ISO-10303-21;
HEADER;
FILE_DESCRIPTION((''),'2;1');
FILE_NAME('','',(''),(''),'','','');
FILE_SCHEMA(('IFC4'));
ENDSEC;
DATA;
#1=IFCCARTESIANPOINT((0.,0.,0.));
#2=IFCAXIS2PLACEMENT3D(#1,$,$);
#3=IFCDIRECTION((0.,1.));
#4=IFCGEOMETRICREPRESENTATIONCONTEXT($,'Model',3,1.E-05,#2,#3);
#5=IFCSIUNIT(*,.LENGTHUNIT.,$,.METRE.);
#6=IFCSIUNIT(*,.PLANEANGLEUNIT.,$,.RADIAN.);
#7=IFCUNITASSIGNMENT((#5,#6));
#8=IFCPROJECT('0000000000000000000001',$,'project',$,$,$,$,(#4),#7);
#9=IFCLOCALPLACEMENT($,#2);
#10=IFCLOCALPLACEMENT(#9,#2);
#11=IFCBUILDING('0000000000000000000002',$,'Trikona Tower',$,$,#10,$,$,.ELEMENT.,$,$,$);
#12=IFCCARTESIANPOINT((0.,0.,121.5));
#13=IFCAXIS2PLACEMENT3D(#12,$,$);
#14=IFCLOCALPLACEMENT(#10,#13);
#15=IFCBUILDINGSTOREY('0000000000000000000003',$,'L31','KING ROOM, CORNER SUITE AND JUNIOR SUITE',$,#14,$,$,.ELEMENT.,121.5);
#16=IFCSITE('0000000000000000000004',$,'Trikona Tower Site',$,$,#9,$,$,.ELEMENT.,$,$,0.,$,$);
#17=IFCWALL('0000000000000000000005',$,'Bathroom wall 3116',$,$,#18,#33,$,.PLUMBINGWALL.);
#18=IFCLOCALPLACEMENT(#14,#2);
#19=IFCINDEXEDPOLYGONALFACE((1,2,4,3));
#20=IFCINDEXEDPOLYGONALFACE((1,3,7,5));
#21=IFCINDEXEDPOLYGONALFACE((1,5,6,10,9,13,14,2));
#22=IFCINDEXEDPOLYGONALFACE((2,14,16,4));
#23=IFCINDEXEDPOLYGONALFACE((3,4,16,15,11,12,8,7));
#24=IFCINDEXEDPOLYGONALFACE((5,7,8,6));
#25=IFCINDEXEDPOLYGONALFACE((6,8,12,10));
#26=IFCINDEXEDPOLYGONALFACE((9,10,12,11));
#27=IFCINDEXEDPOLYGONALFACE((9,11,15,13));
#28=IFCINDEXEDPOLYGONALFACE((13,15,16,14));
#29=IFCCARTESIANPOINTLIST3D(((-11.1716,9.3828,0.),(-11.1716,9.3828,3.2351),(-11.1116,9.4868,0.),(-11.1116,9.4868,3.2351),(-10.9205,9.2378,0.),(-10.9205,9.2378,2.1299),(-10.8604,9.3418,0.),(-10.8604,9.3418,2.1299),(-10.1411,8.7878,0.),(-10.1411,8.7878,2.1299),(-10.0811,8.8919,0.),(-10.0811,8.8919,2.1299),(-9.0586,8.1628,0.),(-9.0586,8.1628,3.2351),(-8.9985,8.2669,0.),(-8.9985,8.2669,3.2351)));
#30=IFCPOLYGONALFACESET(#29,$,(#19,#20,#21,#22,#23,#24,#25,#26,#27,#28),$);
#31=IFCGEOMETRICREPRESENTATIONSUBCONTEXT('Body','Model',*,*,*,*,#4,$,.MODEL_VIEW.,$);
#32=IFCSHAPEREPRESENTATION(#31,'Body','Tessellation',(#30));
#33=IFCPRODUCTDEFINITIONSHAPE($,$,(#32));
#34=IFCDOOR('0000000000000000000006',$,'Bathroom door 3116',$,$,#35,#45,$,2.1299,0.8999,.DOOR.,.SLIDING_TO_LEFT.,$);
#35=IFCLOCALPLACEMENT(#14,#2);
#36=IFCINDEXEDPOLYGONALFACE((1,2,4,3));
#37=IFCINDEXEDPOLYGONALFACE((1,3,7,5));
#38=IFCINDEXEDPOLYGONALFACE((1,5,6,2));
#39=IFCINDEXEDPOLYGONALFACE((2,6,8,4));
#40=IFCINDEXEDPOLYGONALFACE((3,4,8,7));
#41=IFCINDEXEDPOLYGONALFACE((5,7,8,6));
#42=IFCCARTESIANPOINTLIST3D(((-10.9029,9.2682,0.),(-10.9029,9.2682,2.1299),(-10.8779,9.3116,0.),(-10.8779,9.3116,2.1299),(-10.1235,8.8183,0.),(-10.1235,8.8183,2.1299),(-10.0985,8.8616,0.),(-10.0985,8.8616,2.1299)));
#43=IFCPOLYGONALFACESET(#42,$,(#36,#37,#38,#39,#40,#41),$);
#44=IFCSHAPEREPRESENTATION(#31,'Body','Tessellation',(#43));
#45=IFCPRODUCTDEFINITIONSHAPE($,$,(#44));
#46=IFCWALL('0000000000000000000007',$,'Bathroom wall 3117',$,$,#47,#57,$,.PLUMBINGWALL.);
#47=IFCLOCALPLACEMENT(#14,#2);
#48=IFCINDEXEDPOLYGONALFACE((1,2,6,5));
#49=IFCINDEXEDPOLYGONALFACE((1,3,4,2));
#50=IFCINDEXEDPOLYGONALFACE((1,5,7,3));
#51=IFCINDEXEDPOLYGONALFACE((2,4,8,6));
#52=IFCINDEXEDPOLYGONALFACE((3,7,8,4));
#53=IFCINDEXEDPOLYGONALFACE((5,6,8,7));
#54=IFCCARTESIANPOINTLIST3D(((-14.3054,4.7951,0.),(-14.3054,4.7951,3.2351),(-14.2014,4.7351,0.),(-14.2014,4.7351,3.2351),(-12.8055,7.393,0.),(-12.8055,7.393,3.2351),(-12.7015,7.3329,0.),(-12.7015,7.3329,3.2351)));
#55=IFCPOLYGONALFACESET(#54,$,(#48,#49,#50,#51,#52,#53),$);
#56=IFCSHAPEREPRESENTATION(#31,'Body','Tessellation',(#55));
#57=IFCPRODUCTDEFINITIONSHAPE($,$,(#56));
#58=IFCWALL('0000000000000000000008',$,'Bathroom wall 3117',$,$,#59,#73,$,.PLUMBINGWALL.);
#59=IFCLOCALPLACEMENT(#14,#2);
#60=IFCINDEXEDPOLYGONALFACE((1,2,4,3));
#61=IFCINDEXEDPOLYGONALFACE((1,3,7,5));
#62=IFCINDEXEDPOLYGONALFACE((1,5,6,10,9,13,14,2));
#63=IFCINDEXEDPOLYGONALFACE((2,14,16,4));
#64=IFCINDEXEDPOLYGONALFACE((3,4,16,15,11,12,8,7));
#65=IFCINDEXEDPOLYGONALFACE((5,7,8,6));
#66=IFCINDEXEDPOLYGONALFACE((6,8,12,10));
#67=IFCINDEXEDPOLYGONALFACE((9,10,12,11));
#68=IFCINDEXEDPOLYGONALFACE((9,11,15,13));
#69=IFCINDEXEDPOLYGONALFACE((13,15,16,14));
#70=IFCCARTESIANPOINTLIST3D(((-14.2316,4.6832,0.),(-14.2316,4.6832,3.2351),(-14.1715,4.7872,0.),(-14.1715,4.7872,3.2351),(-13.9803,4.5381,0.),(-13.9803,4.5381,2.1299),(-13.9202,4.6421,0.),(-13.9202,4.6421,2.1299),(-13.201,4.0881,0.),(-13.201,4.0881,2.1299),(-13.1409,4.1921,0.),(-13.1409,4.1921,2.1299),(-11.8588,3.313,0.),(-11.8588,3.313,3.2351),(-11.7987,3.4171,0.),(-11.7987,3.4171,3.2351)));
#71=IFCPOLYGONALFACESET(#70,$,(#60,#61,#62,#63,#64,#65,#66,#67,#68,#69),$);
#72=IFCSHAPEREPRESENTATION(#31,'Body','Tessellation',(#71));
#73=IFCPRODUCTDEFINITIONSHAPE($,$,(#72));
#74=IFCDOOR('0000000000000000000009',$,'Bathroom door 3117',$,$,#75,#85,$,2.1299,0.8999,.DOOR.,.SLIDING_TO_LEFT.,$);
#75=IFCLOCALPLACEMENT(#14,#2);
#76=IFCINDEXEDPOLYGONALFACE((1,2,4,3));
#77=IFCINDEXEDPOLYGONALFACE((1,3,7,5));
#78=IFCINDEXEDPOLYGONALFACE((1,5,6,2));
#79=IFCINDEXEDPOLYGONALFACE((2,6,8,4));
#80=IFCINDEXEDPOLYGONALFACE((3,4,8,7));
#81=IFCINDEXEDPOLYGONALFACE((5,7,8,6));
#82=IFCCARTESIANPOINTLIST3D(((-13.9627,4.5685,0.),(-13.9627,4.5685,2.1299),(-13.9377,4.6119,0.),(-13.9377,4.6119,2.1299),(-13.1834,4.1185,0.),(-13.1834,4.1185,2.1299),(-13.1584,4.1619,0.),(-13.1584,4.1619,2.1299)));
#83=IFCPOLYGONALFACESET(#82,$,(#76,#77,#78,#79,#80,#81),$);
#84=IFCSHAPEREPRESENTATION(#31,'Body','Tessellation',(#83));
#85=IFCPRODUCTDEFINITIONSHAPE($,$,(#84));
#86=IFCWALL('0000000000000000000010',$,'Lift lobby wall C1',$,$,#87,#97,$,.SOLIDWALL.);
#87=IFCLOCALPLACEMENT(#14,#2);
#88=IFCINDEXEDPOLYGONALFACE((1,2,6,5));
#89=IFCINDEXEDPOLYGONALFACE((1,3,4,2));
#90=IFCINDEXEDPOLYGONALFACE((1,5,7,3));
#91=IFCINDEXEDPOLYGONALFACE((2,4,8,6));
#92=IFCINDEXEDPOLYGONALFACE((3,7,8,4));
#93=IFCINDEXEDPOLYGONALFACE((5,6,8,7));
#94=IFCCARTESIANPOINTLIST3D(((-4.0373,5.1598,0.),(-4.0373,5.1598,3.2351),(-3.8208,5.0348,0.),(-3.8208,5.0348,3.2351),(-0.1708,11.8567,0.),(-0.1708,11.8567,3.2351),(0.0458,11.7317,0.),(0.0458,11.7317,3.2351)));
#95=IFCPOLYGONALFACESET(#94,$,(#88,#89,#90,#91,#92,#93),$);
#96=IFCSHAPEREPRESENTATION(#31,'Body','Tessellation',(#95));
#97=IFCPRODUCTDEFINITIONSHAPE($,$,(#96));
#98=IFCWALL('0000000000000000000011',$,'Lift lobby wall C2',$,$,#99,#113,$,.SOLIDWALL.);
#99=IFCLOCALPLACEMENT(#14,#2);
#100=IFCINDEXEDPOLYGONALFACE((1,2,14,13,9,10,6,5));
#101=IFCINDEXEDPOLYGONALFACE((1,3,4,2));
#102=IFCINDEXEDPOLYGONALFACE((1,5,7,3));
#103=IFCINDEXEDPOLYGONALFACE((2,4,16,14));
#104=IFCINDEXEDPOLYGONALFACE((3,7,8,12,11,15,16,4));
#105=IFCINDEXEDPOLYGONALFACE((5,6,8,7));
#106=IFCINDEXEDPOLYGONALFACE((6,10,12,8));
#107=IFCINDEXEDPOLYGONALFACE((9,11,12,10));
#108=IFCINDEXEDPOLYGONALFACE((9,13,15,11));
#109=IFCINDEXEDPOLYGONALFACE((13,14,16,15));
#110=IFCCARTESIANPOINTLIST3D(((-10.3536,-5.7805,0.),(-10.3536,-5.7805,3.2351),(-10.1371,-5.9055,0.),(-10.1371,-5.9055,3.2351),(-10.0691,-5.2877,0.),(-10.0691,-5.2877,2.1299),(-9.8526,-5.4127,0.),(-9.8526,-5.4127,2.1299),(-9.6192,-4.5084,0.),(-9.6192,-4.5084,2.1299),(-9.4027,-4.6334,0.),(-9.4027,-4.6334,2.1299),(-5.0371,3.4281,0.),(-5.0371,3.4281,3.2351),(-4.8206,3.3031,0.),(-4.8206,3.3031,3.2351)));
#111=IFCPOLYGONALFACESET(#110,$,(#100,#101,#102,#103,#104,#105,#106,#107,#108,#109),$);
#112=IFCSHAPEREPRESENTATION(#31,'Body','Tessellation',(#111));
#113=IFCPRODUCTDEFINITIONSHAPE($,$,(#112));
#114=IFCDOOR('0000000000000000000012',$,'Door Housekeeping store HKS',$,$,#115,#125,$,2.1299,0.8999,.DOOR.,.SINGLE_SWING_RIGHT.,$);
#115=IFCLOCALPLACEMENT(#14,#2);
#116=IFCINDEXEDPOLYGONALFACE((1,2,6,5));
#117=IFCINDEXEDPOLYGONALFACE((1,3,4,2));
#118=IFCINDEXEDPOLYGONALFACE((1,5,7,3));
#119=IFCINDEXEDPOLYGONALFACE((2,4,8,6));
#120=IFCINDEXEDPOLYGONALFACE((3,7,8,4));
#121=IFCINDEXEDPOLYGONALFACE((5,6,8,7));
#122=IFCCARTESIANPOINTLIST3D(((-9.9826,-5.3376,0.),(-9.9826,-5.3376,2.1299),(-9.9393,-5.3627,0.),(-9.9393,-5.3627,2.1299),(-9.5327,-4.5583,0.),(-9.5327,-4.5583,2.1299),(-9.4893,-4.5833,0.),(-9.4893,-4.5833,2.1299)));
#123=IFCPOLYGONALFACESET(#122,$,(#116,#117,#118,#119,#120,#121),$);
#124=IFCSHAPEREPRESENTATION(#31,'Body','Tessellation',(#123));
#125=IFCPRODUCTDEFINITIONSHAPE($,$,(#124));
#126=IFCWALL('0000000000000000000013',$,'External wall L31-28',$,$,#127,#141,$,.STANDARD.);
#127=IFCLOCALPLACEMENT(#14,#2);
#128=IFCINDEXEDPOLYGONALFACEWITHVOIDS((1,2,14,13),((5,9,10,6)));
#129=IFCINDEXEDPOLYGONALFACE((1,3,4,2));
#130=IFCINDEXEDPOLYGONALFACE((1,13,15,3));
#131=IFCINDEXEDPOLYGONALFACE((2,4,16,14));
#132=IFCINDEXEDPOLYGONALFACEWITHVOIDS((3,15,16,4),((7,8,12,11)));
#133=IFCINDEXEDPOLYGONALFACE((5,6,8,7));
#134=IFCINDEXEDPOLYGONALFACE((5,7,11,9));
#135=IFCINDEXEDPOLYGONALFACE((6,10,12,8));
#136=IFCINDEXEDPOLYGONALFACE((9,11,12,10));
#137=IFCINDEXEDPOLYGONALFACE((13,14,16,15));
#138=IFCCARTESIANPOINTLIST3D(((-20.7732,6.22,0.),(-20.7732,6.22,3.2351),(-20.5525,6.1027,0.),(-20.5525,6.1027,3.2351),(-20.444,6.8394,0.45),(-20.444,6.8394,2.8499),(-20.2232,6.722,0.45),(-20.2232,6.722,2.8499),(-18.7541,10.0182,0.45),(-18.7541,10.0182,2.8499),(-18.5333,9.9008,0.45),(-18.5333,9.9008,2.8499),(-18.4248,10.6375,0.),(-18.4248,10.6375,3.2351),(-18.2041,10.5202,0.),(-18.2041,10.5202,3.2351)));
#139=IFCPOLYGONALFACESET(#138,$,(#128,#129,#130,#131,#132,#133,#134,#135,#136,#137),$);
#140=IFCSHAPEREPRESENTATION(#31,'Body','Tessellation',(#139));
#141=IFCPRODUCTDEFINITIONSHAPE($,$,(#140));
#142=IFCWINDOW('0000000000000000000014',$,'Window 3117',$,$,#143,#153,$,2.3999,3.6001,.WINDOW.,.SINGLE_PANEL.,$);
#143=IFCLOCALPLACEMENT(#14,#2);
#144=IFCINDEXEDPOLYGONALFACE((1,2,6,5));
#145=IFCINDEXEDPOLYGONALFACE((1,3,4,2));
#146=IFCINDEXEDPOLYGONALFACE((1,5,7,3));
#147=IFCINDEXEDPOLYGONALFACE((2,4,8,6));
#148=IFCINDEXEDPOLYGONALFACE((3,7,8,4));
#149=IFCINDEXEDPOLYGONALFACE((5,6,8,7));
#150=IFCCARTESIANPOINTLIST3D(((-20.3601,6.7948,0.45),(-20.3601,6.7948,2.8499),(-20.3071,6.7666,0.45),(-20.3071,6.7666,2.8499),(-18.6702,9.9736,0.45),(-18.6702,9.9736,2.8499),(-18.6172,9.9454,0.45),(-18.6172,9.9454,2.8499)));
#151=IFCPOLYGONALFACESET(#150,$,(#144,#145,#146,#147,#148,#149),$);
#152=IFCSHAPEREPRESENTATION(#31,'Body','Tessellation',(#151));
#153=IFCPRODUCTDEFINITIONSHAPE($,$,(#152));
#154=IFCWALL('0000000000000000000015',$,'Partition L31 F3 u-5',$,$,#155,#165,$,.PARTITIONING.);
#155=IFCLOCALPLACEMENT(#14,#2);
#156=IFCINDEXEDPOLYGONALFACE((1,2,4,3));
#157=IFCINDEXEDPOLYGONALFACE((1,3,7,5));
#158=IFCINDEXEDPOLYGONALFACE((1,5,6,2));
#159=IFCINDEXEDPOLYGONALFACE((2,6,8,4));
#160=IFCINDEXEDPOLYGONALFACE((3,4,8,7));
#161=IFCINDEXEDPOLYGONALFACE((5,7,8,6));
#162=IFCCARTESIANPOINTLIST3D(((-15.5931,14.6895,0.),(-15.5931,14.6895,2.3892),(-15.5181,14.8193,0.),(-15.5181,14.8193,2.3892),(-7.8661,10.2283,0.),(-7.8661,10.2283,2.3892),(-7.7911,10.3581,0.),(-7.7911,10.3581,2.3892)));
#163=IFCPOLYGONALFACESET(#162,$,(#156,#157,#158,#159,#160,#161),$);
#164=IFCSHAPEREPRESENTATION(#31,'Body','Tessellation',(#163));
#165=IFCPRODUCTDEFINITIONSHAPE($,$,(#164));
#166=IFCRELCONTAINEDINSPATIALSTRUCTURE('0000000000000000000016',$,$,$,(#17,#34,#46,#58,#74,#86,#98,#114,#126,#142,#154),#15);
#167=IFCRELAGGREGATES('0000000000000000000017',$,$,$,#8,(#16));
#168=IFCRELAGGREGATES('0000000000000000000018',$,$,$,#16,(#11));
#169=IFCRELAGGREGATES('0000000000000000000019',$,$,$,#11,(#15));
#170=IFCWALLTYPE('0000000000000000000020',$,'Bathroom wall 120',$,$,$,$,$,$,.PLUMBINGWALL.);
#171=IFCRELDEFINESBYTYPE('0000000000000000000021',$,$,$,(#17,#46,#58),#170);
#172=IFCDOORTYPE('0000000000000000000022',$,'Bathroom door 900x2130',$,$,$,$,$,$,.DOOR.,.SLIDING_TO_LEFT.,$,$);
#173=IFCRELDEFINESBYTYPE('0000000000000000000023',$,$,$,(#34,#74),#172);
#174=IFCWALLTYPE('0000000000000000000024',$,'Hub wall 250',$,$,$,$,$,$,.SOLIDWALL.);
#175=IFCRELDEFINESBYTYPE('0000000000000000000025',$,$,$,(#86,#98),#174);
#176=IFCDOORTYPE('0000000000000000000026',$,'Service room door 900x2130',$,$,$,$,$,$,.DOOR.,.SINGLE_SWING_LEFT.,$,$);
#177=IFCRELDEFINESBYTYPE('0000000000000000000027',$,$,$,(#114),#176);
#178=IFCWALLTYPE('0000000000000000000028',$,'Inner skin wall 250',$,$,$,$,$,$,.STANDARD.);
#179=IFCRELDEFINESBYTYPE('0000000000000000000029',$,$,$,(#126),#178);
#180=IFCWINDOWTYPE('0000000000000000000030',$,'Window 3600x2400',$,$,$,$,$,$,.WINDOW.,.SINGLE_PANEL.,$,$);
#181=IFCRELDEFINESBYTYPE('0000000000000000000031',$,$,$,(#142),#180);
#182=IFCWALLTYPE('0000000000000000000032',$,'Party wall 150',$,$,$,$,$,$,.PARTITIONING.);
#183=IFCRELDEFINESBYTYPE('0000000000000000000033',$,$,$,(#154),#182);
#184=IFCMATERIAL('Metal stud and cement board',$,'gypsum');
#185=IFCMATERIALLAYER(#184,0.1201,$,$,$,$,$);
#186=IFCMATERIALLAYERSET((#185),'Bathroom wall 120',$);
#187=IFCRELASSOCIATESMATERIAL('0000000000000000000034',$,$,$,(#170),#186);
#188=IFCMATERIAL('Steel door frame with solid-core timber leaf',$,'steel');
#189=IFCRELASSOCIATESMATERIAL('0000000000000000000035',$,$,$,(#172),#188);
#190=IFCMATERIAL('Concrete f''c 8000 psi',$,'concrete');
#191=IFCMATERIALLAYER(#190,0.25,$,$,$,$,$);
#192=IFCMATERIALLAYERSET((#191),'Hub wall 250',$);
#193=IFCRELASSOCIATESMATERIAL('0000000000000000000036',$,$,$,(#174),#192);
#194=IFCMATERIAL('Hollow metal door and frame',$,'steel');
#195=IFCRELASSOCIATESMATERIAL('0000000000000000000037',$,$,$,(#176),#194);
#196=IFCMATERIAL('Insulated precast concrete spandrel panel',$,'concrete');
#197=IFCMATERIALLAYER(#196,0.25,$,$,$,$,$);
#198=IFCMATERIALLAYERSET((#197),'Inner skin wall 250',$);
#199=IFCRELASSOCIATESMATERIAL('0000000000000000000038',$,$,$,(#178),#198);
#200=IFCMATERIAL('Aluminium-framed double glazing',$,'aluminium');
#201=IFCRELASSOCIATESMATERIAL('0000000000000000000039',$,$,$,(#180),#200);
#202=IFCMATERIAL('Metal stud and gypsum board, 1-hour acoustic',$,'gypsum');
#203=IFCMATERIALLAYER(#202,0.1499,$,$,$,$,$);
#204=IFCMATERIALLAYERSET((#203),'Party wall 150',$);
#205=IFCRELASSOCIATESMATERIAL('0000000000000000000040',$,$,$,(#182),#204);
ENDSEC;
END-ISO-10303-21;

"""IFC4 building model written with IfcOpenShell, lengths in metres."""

from ifc_helpers import new_model, si_unit, direction, frame, frame_2d, origin, place, context, subcontext, project, spatial, rectangle, extrude, material, layer, layer_set, type_object, element, fill, save


model = new_model("IFC4")

# Units and contexts
model_context = context("Model", 3, precision=1e-05, world=origin(), true_north=direction((0.0, 1.0)))
body_context = subcontext(model_context, "Body", "Model", "MODEL_VIEW")
ifc_project = project(units=[si_unit("LENGTHUNIT", "METRE"), si_unit("PLANEANGLEUNIT", "RADIAN")], contexts=[model_context])

# Site, building, storey
site_placement = place(None, origin())
site = spatial("IfcSite", under=ifc_project, at=site_placement, Name="Trikona Tower Site", CompositionType="ELEMENT", RefElevation=0.0)
building_placement = place(site_placement, origin())
building = spatial("IfcBuilding", under=site, at=building_placement, Name="Trikona Tower", CompositionType="ELEMENT")
storey_placement = place(building_placement, frame((0.0, 0.0, 121.5)))
storey = spatial("IfcBuildingStorey", under=building, at=storey_placement, Name="L31", Description="KING ROOM, CORNER SUITE AND JUNIOR SUITE", CompositionType="ELEMENT", Elevation=121.5)

# Shared definitions
ifc_material_1 = material(Name="Metal stud and cement board", Category="gypsum")
ifc_layer_1 = layer(ifc_material_1, 0.1201)
ifc_layer_set_1 = layer_set([ifc_layer_1], Name="Bathroom wall 120")
wall_type_1 = type_object("IfcWallType", Name="Bathroom wall 120", PredefinedType="PLUMBINGWALL", material=ifc_layer_set_1)
ifc_material_2 = material(Name="Steel door frame with solid-core timber leaf", Category="steel")
door_type_1 = type_object("IfcDoorType", Name="Bathroom door 900x2130", OperationType="SLIDING_TO_LEFT", PredefinedType="DOOR", material=ifc_material_2)

# Wall, opening, door
wall_1_placement = place(storey_placement, frame((-9.0286, 8.2148, 0.0), z_axis=(0.0, 0.0, 1.0), x_axis=(-0.866024, 0.500003, 0.0)))
wall_1 = element("IfcWall", 1, at=wall_1_placement, inside=storey, type_object=wall_type_1, Name="Bathroom wall 3116", PredefinedType="PLUMBINGWALL", context=body_context, shape_type="SweptSolid", body=[
    extrude(rectangle(XDim=2.4399, YDim=0.1201, at=frame_2d((1.22, 0.0))), origin(), (0.0, 0.0, 1.0), 3.2351),
])
opening_1_placement = place(wall_1_placement, frame((1.25, 0.0, 0.0)))
opening_1 = element("IfcOpeningElement", 2, at=opening_1_placement, cuts=wall_1, PredefinedType="OPENING", context=body_context, shape_type="SweptSolid", body=[
    extrude(rectangle(XDim=0.8999, YDim=2.1299, at=frame_2d((0.45, 1.0649))), frame((0.0, 0.0701, 0.0), z_axis=(0.0, -1.0, 0.0), x_axis=(1.0, 0.0, 0.0)), (0.0, 0.0, 1.0), 0.1401),
])
door_1_placement = place(opening_1_placement, origin())
door_1 = element("IfcDoor", 3, at=door_1_placement, inside=storey, type_object=door_type_1, Name="Bathroom door 3116", OperationType="SLIDING_TO_LEFT", OverallHeight=2.1299, OverallWidth=0.8999, PredefinedType="DOOR", context=body_context, shape_type="SweptSolid", body=[
    extrude(rectangle(XDim=0.8999, YDim=2.1299, at=frame_2d((0.45, 1.0649))), frame((0.0, 0.0249, 0.0), z_axis=(0.0, -1.0, 0.0), x_axis=(1.0, 0.0, 0.0)), (0.0, 0.0, 1.0), 0.05),
])
fill(opening_1, door_1)

# Wall
wall_2_placement = place(storey_placement, frame((-12.7534, 7.363, 0.0), z_axis=(0.0, 0.0, 1.0), x_axis=(-0.500025, -0.866011, 0.0)))
element("IfcWall", 4, at=wall_2_placement, inside=storey, type_object=wall_type_1, Name="Bathroom wall 3117", PredefinedType="PLUMBINGWALL", context=body_context, shape_type="SweptSolid", body=[
    extrude(rectangle(XDim=2.9998, YDim=0.1201, at=frame_2d((1.5, 0.0))), origin(), (0.0, 0.0, 1.0), 3.2351),
])

# Wall, opening, door
wall_3_placement = place(storey_placement, frame((-11.8286, 3.365, 0.0), z_axis=(0.0, 0.0, 1.0), x_axis=(-0.865997, 0.500049, 0.0)))
wall_3 = element("IfcWall", 5, at=wall_3_placement, inside=storey, type_object=wall_type_1, Name="Bathroom wall 3117", PredefinedType="PLUMBINGWALL", context=body_context, shape_type="SweptSolid", body=[
    extrude(rectangle(XDim=2.74, YDim=0.1201, at=frame_2d((1.3701, 0.0))), origin(), (0.0, 0.0, 1.0), 3.2351),
])
opening_2_placement = place(wall_3_placement, frame((1.55, 0.0, 0.0)))
opening_2 = element("IfcOpeningElement", 6, at=opening_2_placement, cuts=wall_3, PredefinedType="OPENING", context=body_context, shape_type="SweptSolid", body=[
    extrude(rectangle(XDim=0.8999, YDim=2.1299, at=frame_2d((0.45, 1.0649))), frame((0.0, 0.0701, 0.0), z_axis=(0.0, -1.0, 0.0), x_axis=(1.0, 0.0, 0.0)), (0.0, 0.0, 1.0), 0.1401),
])
door_2_placement = place(opening_2_placement, origin())
door_2 = element("IfcDoor", 7, at=door_2_placement, inside=storey, type_object=door_type_1, Name="Bathroom door 3117", OperationType="SLIDING_TO_LEFT", OverallHeight=2.1299, OverallWidth=0.8999, PredefinedType="DOOR", context=body_context, shape_type="SweptSolid", body=[
    extrude(rectangle(XDim=0.8999, YDim=2.1299, at=frame_2d((0.45, 1.0649))), frame((0.0, 0.0249, 0.0), z_axis=(0.0, -1.0, 0.0), x_axis=(1.0, 0.0, 0.0)), (0.0, 0.0, 1.0), 0.05),
])
fill(opening_2, door_2)

# Wall
ifc_material_3 = material(Name="Concrete f'c 8000 psi", Category="concrete")
ifc_layer_2 = layer(ifc_material_3, 0.25)
ifc_layer_set_2 = layer_set([ifc_layer_2], Name="Hub wall 250")
wall_type_2 = type_object("IfcWallType", Name="Hub wall 250", PredefinedType="SOLIDWALL", material=ifc_layer_set_2)
wall_4_placement = place(storey_placement, frame((-0.0625, 11.7942, 0.0), z_axis=(0.0, 0.0, 1.0), x_axis=(-0.500007, -0.866022, 0.0)))
element("IfcWall", 8, at=wall_4_placement, inside=storey, type_object=wall_type_2, Name="Lift lobby wall C1", PredefinedType="SOLIDWALL", context=body_context, shape_type="SweptSolid", body=[
    extrude(rectangle(XDim=7.7329, YDim=0.25, at=frame_2d((3.8665, 0.0))), origin(), (0.0, 0.0, 1.0), 3.2351),
])

# Wall, opening, door
wall_5_placement = place(storey_placement, frame((-4.929, 3.3655, 0.0), z_axis=(0.0, 0.0, 1.0), x_axis=(-0.499991, -0.86603, 0.0)))
wall_5 = element("IfcWall", 9, at=wall_5_placement, inside=storey, type_object=wall_type_2, Name="Lift lobby wall C2", PredefinedType="SOLIDWALL", context=body_context, shape_type="SweptSolid", body=[
    extrude(rectangle(XDim=10.6331, YDim=0.25, at=frame_2d((5.3164, 0.0))), origin(), (0.0, 0.0, 1.0), 3.2351),
])
opening_3_placement = place(wall_5_placement, frame((9.1641, 0.0, 0.0)))
opening_3 = element("IfcOpeningElement", 10, at=opening_3_placement, cuts=wall_5, PredefinedType="OPENING", context=body_context, shape_type="SweptSolid", body=[
    extrude(rectangle(XDim=0.8999, YDim=2.1299, at=frame_2d((0.45, 1.0649))), frame((0.0, 0.135, 0.0), z_axis=(0.0, -1.0, 0.0), x_axis=(1.0, 0.0, 0.0)), (0.0, 0.0, 1.0), 0.27),
])
ifc_material_4 = material(Name="Hollow metal door and frame", Category="steel")
door_type_2 = type_object("IfcDoorType", Name="Service room door 900x2130", OperationType="SINGLE_SWING_LEFT", PredefinedType="DOOR", material=ifc_material_4)
door_3_placement = place(opening_3_placement, origin())
door_3 = element("IfcDoor", 11, at=door_3_placement, inside=storey, type_object=door_type_2, Name="Door Housekeeping store HKS", OperationType="SINGLE_SWING_RIGHT", OverallHeight=2.1299, OverallWidth=0.8999, PredefinedType="DOOR", context=body_context, shape_type="SweptSolid", body=[
    extrude(rectangle(XDim=0.8999, YDim=2.1299, at=frame_2d((0.45, 1.0649))), frame((0.0, 0.0249, 0.0), z_axis=(0.0, -1.0, 0.0), x_axis=(1.0, 0.0, 0.0)), (0.0, 0.0, 1.0), 0.05),
])
fill(opening_3, door_3)

# Wall, opening, window
ifc_material_5 = material(Name="Insulated precast concrete spandrel panel", Category="concrete")
ifc_layer_3 = layer(ifc_material_5, 0.25)
ifc_layer_set_3 = layer_set([ifc_layer_3], Name="Inner skin wall 250")
wall_type_3 = type_object("IfcWallType", Name="Inner skin wall 250", PredefinedType="STANDARD", material=ifc_layer_set_3)
wall_6_placement = place(storey_placement, frame((-18.3145, 10.5789, 0.0), z_axis=(0.0, 0.0, 1.0), x_axis=(-0.469405, -0.882983, 0.0)))
wall_6 = element("IfcWall", 12, at=wall_6_placement, inside=storey, type_object=wall_type_3, Name="External wall L31-28", PredefinedType="STANDARD", context=body_context, shape_type="SweptSolid", body=[
    extrude(rectangle(XDim=5.0029, YDim=0.25, at=frame_2d((2.5015, 0.0))), origin(), (0.0, 0.0, 1.0), 3.2351),
])
opening_4_placement = place(wall_6_placement, frame((0.7014, 0.0, 0.45)))
opening_4 = element("IfcOpeningElement", 13, at=opening_4_placement, cuts=wall_6, PredefinedType="OPENING", context=body_context, shape_type="SweptSolid", body=[
    extrude(rectangle(XDim=3.6001, YDim=2.3999, at=frame_2d((1.8, 1.2))), frame((0.0, 0.135, 0.0), z_axis=(0.0, -1.0, 0.0), x_axis=(1.0, 0.0, 0.0)), (0.0, 0.0, 1.0), 0.27),
])
ifc_material_6 = material(Name="Aluminium-framed double glazing", Category="aluminium")
window_type = type_object("IfcWindowType", Name="Window 3600x2400", PartitioningType="SINGLE_PANEL", PredefinedType="WINDOW", material=ifc_material_6)
window_placement = place(opening_4_placement, origin())
window = element("IfcWindow", 14, at=window_placement, inside=storey, type_object=window_type, Name="Window 3117", OverallHeight=2.3999, OverallWidth=3.6001, PartitioningType="SINGLE_PANEL", PredefinedType="WINDOW", context=body_context, shape_type="SweptSolid", body=[
    extrude(rectangle(XDim=3.6001, YDim=2.3999, at=frame_2d((1.8, 1.2))), frame((0.0, 0.03, 0.0), z_axis=(0.0, -1.0, 0.0), x_axis=(1.0, 0.0, 0.0)), (0.0, 0.0, 1.0), 0.0601),
])
fill(opening_4, window)

# Wall
ifc_material_7 = material(Name="Metal stud and gypsum board, 1-hour acoustic", Category="gypsum")
ifc_layer_4 = layer(ifc_material_7, 0.1499)
ifc_layer_set_4 = layer_set([ifc_layer_4], Name="Party wall 150")
wall_type_4 = type_object("IfcWallType", Name="Party wall 150", PredefinedType="PARTITIONING", material=ifc_layer_set_4)
wall_7_placement = place(storey_placement, frame((-7.8286, 10.2932, 0.0), z_axis=(0.0, 0.0, 1.0), x_axis=(-0.866027, 0.499997, 0.0)))
element("IfcWall", 15, at=wall_7_placement, inside=storey, type_object=wall_type_4, Name="Partition L31 F3 u-5", PredefinedType="PARTITIONING", context=body_context, shape_type="SweptSolid", body=[
    extrude(rectangle(XDim=8.9224, YDim=0.1499, at=frame_2d((4.4612, 0.0))), origin(), (0.0, 0.0, 1.0), 2.3892),
])

save(model, "model.ifc")
